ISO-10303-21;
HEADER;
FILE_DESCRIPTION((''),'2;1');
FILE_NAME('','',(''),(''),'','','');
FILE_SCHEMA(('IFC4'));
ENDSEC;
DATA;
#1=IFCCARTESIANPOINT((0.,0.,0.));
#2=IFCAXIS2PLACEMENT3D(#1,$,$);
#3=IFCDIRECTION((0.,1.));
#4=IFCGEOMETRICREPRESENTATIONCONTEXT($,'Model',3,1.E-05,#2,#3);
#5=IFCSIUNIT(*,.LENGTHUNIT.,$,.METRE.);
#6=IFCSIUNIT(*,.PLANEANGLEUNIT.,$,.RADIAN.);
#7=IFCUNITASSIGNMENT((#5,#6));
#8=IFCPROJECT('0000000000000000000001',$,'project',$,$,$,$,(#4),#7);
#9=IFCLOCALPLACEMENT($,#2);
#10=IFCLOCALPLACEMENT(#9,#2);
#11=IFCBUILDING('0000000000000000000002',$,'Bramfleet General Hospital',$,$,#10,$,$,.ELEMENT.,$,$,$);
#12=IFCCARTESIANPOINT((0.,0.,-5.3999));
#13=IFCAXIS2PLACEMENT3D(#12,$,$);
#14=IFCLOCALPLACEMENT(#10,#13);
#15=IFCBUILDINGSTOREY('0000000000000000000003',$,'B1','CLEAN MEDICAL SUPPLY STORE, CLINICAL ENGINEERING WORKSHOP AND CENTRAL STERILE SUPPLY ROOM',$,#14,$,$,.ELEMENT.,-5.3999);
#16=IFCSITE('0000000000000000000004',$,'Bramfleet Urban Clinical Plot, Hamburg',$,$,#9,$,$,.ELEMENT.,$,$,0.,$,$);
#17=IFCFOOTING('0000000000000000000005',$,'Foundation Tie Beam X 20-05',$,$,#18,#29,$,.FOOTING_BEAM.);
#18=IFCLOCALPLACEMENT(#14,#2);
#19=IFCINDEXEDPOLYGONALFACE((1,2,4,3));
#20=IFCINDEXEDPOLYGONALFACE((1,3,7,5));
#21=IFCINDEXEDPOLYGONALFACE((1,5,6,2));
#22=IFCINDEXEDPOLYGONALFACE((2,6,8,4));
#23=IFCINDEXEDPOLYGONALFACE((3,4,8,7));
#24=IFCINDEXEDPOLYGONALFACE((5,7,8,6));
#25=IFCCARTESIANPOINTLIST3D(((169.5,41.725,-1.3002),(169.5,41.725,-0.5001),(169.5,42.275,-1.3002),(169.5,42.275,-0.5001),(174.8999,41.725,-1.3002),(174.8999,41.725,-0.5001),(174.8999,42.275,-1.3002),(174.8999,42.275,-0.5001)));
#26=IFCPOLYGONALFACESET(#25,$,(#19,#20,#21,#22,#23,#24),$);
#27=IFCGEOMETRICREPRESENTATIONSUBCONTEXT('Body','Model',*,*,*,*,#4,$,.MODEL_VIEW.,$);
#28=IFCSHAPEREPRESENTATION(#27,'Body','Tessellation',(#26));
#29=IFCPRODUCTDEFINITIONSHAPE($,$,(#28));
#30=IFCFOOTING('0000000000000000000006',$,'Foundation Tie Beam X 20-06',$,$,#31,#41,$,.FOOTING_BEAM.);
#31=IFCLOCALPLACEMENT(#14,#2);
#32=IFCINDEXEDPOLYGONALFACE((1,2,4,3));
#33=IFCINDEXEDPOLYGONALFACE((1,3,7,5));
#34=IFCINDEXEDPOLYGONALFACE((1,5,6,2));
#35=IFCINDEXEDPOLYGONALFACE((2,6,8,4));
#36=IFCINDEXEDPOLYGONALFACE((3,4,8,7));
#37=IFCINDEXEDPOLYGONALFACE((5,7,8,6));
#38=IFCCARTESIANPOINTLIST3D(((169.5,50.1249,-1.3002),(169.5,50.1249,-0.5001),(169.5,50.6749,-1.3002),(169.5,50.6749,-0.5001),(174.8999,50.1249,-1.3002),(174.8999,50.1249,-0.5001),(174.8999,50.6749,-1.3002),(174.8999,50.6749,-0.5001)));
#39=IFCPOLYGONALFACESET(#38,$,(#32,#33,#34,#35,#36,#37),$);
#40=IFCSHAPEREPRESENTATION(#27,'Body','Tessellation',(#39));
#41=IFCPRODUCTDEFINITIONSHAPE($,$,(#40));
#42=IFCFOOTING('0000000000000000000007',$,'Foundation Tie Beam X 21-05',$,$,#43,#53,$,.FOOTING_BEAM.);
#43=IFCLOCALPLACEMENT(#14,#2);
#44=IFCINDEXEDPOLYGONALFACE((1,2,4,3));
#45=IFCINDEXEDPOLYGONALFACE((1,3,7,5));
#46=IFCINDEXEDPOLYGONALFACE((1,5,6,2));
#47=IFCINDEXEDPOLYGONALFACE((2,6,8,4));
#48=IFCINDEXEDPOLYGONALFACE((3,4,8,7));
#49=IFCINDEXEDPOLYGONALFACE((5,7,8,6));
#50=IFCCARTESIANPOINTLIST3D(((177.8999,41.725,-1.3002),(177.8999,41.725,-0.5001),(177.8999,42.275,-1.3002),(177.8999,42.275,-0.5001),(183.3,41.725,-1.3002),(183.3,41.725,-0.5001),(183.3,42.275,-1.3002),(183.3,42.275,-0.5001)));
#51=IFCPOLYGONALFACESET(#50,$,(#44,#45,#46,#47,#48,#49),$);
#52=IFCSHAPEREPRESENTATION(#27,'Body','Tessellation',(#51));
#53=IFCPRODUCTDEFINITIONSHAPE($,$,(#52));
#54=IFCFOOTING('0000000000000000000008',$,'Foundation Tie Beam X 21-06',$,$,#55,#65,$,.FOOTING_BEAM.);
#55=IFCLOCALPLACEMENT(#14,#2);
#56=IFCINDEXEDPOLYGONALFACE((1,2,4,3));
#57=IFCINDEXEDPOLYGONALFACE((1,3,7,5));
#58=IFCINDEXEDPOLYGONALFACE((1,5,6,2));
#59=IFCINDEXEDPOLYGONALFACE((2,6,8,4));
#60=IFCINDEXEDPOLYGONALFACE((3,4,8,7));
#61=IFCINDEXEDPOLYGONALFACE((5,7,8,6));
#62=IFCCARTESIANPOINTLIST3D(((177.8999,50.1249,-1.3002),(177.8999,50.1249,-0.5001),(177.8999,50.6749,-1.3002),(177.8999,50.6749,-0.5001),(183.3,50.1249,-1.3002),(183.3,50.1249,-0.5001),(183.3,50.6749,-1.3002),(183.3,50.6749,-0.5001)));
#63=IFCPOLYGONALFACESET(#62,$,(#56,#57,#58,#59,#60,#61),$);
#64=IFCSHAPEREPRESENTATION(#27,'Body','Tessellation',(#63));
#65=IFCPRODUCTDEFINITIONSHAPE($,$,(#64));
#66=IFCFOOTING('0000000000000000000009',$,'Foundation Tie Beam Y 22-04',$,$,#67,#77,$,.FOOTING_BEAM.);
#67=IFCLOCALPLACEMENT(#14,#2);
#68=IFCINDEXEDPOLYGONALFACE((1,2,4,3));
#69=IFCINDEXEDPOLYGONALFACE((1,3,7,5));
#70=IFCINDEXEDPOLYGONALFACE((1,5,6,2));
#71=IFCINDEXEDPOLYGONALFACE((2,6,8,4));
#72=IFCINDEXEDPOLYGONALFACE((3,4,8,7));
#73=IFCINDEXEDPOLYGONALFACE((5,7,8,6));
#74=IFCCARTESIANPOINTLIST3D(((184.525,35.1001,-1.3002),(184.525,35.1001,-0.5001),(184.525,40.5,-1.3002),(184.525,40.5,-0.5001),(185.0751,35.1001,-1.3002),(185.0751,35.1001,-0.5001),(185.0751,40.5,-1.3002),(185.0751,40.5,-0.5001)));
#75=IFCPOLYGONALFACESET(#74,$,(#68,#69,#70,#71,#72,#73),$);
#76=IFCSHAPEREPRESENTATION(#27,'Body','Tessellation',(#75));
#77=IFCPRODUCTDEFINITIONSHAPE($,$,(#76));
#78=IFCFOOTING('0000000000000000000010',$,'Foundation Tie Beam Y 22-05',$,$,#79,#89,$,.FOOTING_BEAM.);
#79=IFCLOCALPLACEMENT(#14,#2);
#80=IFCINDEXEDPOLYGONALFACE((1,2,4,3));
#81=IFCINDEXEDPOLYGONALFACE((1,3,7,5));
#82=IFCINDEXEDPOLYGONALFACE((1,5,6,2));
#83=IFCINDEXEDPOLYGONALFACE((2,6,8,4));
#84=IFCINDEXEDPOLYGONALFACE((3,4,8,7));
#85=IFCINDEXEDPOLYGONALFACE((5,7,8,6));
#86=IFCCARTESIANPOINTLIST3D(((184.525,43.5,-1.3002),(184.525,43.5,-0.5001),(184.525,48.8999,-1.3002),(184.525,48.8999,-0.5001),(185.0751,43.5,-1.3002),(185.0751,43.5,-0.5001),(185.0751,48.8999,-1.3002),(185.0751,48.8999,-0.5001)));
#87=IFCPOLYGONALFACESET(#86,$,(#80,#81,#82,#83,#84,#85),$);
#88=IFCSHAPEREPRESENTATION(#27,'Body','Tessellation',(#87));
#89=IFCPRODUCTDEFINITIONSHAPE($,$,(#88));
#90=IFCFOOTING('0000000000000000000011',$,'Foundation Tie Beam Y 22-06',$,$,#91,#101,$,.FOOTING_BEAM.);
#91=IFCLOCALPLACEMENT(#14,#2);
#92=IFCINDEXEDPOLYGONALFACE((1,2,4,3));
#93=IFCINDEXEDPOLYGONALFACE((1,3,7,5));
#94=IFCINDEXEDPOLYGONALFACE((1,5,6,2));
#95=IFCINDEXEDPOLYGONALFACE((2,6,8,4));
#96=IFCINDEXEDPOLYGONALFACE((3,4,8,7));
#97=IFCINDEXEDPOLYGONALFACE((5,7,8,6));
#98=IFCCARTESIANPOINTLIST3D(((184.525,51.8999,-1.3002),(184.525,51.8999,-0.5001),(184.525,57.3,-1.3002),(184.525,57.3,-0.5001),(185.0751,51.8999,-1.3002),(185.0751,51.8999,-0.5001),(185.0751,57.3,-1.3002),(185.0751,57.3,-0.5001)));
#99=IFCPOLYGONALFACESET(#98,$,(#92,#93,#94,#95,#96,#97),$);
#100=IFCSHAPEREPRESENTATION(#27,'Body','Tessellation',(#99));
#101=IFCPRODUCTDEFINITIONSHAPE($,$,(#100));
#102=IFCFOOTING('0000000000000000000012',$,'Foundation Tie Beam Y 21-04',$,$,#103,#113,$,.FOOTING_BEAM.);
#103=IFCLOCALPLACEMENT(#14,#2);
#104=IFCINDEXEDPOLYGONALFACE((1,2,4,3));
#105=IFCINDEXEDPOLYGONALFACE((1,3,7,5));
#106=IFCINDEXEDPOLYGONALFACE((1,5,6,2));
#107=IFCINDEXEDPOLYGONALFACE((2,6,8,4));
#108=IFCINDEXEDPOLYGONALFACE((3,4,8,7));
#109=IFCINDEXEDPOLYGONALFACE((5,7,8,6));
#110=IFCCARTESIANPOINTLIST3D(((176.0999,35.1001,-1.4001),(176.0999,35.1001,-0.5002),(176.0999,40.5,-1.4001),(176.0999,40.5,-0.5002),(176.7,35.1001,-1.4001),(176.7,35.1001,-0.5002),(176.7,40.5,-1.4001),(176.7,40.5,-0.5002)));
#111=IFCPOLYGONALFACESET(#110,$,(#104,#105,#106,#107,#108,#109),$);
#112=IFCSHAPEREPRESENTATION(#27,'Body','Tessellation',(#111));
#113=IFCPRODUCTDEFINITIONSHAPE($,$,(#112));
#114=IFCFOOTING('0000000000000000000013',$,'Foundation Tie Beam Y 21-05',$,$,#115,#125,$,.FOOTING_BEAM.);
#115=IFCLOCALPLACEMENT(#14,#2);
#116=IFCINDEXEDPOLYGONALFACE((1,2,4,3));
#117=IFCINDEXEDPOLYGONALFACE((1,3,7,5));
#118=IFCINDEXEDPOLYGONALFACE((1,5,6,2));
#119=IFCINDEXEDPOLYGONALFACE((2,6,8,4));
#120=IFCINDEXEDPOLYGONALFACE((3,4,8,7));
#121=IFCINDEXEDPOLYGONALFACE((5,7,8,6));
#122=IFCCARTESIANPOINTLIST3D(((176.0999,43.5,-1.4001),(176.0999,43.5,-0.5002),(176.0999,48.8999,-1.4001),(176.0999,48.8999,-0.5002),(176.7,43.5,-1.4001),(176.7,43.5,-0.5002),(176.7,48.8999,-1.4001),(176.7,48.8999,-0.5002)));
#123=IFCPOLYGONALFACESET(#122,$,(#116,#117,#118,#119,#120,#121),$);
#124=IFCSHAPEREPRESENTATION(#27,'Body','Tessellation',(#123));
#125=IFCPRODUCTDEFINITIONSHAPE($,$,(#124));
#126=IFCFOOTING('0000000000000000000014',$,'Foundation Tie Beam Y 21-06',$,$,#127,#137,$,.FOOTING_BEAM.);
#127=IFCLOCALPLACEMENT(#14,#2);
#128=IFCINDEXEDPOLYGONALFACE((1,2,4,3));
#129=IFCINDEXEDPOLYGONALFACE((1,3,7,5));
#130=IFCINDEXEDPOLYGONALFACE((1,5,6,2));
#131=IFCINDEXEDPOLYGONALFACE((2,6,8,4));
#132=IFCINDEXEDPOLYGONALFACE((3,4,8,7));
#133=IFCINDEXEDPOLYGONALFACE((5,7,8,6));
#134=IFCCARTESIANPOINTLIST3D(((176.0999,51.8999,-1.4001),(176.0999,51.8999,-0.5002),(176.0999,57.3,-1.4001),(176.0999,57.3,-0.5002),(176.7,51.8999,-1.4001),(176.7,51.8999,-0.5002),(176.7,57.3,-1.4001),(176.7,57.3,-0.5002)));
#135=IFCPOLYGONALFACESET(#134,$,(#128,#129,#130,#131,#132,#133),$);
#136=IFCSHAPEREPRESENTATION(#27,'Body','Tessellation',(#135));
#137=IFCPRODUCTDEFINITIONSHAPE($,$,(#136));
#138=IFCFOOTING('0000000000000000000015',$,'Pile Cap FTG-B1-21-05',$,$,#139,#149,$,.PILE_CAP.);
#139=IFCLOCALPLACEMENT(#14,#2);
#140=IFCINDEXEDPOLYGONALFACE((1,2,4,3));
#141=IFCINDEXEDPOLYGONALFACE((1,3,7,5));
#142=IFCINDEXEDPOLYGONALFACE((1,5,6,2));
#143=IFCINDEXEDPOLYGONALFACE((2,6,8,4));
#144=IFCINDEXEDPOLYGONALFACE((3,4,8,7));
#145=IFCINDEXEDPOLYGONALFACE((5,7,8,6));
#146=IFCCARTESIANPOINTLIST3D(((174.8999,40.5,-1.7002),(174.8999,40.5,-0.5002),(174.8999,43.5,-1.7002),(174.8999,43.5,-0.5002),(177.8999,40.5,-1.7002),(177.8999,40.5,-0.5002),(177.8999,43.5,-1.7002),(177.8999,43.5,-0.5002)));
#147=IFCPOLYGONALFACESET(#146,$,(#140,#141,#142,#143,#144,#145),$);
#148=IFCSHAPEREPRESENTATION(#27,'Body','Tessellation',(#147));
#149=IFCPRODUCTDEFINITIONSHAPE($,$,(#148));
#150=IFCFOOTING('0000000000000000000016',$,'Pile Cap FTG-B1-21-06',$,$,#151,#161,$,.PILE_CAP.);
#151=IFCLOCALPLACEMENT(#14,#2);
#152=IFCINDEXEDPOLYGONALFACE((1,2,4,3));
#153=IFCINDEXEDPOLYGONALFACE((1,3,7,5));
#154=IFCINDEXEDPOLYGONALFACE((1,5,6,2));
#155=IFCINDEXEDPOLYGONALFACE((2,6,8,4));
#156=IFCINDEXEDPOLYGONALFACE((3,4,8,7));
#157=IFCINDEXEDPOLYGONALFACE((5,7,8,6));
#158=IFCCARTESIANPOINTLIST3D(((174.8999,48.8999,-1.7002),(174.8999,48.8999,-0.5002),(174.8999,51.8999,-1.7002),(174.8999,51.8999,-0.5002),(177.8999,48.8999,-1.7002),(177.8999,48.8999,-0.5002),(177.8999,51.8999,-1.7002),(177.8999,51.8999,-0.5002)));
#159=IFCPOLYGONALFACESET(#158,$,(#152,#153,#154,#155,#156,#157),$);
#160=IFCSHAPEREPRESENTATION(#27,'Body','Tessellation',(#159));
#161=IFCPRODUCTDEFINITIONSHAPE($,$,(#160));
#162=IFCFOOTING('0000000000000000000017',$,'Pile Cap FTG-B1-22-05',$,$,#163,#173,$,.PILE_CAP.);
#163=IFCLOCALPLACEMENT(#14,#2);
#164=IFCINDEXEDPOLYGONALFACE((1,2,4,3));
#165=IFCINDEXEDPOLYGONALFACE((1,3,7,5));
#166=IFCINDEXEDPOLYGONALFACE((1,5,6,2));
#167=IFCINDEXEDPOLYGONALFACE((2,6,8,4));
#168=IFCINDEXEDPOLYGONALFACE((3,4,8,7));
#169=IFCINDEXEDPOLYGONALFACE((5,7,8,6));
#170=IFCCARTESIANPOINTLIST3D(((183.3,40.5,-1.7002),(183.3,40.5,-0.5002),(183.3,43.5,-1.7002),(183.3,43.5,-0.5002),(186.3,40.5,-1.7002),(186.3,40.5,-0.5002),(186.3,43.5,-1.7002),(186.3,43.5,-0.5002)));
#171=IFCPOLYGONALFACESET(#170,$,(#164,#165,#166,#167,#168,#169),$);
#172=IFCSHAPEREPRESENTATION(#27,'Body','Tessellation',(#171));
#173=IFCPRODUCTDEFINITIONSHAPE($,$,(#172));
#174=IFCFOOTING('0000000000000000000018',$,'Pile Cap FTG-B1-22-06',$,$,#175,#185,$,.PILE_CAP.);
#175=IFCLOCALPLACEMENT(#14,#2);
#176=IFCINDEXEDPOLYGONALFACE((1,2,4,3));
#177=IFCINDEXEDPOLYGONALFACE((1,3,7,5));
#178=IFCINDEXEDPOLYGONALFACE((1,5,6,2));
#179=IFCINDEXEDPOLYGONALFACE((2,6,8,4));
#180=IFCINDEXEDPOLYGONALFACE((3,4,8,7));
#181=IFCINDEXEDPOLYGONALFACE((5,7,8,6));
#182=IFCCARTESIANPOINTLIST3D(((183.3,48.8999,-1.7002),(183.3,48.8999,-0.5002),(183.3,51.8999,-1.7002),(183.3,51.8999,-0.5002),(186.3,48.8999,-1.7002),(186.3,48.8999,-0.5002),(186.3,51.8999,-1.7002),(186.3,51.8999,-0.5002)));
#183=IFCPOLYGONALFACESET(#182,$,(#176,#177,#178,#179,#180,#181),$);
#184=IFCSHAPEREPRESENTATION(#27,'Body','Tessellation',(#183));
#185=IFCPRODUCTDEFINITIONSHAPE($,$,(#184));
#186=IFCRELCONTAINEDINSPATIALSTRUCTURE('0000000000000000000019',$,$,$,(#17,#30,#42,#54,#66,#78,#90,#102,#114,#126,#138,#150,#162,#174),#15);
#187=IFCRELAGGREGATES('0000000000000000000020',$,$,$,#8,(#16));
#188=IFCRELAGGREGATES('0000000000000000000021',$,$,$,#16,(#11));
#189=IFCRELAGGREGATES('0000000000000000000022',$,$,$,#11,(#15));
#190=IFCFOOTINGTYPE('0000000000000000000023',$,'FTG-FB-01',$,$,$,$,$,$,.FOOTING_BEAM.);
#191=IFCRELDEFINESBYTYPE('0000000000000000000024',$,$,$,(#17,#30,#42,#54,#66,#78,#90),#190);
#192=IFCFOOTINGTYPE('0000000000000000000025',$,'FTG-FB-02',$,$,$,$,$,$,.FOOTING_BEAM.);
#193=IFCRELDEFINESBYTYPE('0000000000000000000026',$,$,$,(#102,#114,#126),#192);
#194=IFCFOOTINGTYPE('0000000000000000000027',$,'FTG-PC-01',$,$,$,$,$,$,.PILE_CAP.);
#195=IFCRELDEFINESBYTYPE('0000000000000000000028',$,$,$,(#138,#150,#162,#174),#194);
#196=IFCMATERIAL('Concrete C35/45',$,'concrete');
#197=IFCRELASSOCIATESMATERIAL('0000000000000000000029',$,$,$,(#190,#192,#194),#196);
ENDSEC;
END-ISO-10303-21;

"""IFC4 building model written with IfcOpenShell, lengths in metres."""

from ifc_helpers import new_model, si_unit, direction, frame, origin, origin_2d, place, context, subcontext, project, spatial, rectangle, extrude, material, material_profile, profile_set, type_object, element, save


model = new_model("IFC4")

# Units and contexts
model_context = context("Model", 3, precision=1e-05, world=origin(), true_north=direction((0.0, 1.0)))
body_context = subcontext(model_context, "Body", "Model", "MODEL_VIEW")
ifc_project = project(units=[si_unit("LENGTHUNIT", "METRE"), si_unit("PLANEANGLEUNIT", "RADIAN")], contexts=[model_context])

# Site, building, storey
site_placement = place(None, origin())
site = spatial("IfcSite", under=ifc_project, at=site_placement, Name="Bramfleet Urban Clinical Plot, Hamburg", CompositionType="ELEMENT", RefElevation=0.0)
building_placement = place(site_placement, origin())
building = spatial("IfcBuilding", under=site, at=building_placement, Name="Bramfleet General Hospital", CompositionType="ELEMENT")
storey_placement = place(building_placement, frame((0.0, 0.0, -5.3999)))
storey = spatial("IfcBuildingStorey", under=building, at=storey_placement, Name="B1", Description="CLEAN MEDICAL SUPPLY STORE, CLINICAL ENGINEERING WORKSHOP AND CENTRAL STERILE SUPPLY ROOM", CompositionType="ELEMENT", Elevation=-5.3999)

# Footings
ifc_material_1 = material(Name="Concrete C35/45", Category="concrete")
ifc_material_profile_1 = material_profile(ifc_material_1, rectangle(XDim=0.55, YDim=0.8, at=origin_2d()), Name="RC FB 800x550")
ifc_profile_set_1 = profile_set([ifc_material_profile_1], Name="Concrete C35/45")
footing_type_1 = type_object("IfcFootingType", Name="FTG-FB-01", PredefinedType="FOOTING_BEAM", material=ifc_profile_set_1)
for number, where, z_axis, x_axis, name in (
    (1, (169.5, 42.0, -0.9001), (1.0, 0.0, 0.0), (0.0, 1.0, 0.0), "Foundation Tie Beam X 20-05"),
    (2, (169.5, 50.3999, -0.9001), (1.0, 0.0, 0.0), (0.0, 1.0, 0.0), "Foundation Tie Beam X 20-06"),
):
    element("IfcFooting", number, at=place(storey_placement, frame(where, z_axis=z_axis, x_axis=x_axis)), inside=storey, type_object=footing_type_1, Name=name, PredefinedType="FOOTING_BEAM", context=body_context, shape_type="SweptSolid", body=[
        extrude(rectangle(XDim=0.55, YDim=0.8, at=origin_2d()), origin(), (0.0, 0.0, 1.0), 5.3999),
    ])
for number, where, z_axis, x_axis, name in (
    (3, (177.8999, 42.0, -0.9001), (1.0, 0.0, 0.0), (0.0, 1.0, 0.0), "Foundation Tie Beam X 21-05"),
    (4, (177.8999, 50.3999, -0.9001), (1.0, 0.0, 0.0), (0.0, 1.0, 0.0), "Foundation Tie Beam X 21-06"),
):
    element("IfcFooting", number, at=place(storey_placement, frame(where, z_axis=z_axis, x_axis=x_axis)), inside=storey, type_object=footing_type_1, Name=name, PredefinedType="FOOTING_BEAM", context=body_context, shape_type="SweptSolid", body=[
        extrude(rectangle(XDim=0.55, YDim=0.8, at=origin_2d()), origin(), (0.0, 0.0, 1.0), 5.4001),
    ])
for number, where, z_axis, x_axis, name in (
    (5, (184.8, 35.1001, -0.9001), (0.0, 1.0, 0.0), (-1.0, 0.0, 0.0), "Foundation Tie Beam Y 22-04"),
    (6, (184.8, 43.5, -0.9001), (0.0, 1.0, 0.0), (-1.0, 0.0, 0.0), "Foundation Tie Beam Y 22-05"),
):
    element("IfcFooting", number, at=place(storey_placement, frame(where, z_axis=z_axis, x_axis=x_axis)), inside=storey, type_object=footing_type_1, Name=name, PredefinedType="FOOTING_BEAM", context=body_context, shape_type="SweptSolid", body=[
        extrude(rectangle(XDim=0.55, YDim=0.8, at=origin_2d()), origin(), (0.0, 0.0, 1.0), 5.3999),
    ])
footing_1_placement = place(storey_placement, frame((184.8, 51.8999, -0.9001), z_axis=(0.0, 1.0, 0.0), x_axis=(-1.0, 0.0, 0.0)))
element("IfcFooting", 7, at=footing_1_placement, inside=storey, type_object=footing_type_1, Name="Foundation Tie Beam Y 22-06", PredefinedType="FOOTING_BEAM", context=body_context, shape_type="SweptSolid", body=[
    extrude(rectangle(XDim=0.55, YDim=0.8, at=origin_2d()), origin(), (0.0, 0.0, 1.0), 5.4001),
])
ifc_material_profile_2 = material_profile(ifc_material_1, rectangle(XDim=0.6001, YDim=0.8999, at=origin_2d()), Name="RC FB 900x600")
ifc_profile_set_2 = profile_set([ifc_material_profile_2], Name="Concrete C35/45")
footing_type_2 = type_object("IfcFootingType", Name="FTG-FB-02", PredefinedType="FOOTING_BEAM", material=ifc_profile_set_2)
for number, where, z_axis, x_axis, name in (
    (8, (176.3999, 35.1001, -0.9502), (0.0, 1.0, 0.0), (-1.0, 0.0, 0.0), "Foundation Tie Beam Y 21-04"),
    (9, (176.3999, 43.5, -0.9502), (0.0, 1.0, 0.0), (-1.0, 0.0, 0.0), "Foundation Tie Beam Y 21-05"),
):
    element("IfcFooting", number, at=place(storey_placement, frame(where, z_axis=z_axis, x_axis=x_axis)), inside=storey, type_object=footing_type_2, Name=name, PredefinedType="FOOTING_BEAM", context=body_context, shape_type="SweptSolid", body=[
        extrude(rectangle(XDim=0.6001, YDim=0.8999, at=origin_2d()), origin(), (0.0, 0.0, 1.0), 5.3999),
    ])
footing_2_placement = place(storey_placement, frame((176.3999, 51.8999, -0.9502), z_axis=(0.0, 1.0, 0.0), x_axis=(-1.0, 0.0, 0.0)))
element("IfcFooting", 10, at=footing_2_placement, inside=storey, type_object=footing_type_2, Name="Foundation Tie Beam Y 21-06", PredefinedType="FOOTING_BEAM", context=body_context, shape_type="SweptSolid", body=[
    extrude(rectangle(XDim=0.6001, YDim=0.8999, at=origin_2d()), origin(), (0.0, 0.0, 1.0), 5.4001),
])
footing_type_3 = type_object("IfcFootingType", Name="FTG-PC-01", PredefinedType="PILE_CAP", material=ifc_material_1)
for number, where, z_axis, x_axis, name in (
    (11, (176.3999, 42.0, -1.7002), (0.0, 0.0, 1.0), (1.0, 0.0, 0.0), "Pile Cap FTG-B1-21-05"),
    (12, (176.3999, 50.3999, -1.7002), (0.0, 0.0, 1.0), (1.0, 0.0, 0.0), "Pile Cap FTG-B1-21-06"),
    (13, (184.8, 42.0, -1.7002), (0.0, 0.0, 1.0), (1.0, 0.0, 0.0), "Pile Cap FTG-B1-22-05"),
    (14, (184.8, 50.3999, -1.7002), (0.0, 0.0, 1.0), (1.0, 0.0, 0.0), "Pile Cap FTG-B1-22-06"),
):
    element("IfcFooting", number, at=place(storey_placement, frame(where, z_axis=z_axis, x_axis=x_axis)), inside=storey, type_object=footing_type_3, Name=name, PredefinedType="PILE_CAP", context=body_context, shape_type="SweptSolid", body=[
        extrude(rectangle(XDim=3.0, YDim=3.0, at=origin_2d()), origin(), (0.0, 0.0, 1.0), 1.2),
    ])

save(model, "model.ifc")
